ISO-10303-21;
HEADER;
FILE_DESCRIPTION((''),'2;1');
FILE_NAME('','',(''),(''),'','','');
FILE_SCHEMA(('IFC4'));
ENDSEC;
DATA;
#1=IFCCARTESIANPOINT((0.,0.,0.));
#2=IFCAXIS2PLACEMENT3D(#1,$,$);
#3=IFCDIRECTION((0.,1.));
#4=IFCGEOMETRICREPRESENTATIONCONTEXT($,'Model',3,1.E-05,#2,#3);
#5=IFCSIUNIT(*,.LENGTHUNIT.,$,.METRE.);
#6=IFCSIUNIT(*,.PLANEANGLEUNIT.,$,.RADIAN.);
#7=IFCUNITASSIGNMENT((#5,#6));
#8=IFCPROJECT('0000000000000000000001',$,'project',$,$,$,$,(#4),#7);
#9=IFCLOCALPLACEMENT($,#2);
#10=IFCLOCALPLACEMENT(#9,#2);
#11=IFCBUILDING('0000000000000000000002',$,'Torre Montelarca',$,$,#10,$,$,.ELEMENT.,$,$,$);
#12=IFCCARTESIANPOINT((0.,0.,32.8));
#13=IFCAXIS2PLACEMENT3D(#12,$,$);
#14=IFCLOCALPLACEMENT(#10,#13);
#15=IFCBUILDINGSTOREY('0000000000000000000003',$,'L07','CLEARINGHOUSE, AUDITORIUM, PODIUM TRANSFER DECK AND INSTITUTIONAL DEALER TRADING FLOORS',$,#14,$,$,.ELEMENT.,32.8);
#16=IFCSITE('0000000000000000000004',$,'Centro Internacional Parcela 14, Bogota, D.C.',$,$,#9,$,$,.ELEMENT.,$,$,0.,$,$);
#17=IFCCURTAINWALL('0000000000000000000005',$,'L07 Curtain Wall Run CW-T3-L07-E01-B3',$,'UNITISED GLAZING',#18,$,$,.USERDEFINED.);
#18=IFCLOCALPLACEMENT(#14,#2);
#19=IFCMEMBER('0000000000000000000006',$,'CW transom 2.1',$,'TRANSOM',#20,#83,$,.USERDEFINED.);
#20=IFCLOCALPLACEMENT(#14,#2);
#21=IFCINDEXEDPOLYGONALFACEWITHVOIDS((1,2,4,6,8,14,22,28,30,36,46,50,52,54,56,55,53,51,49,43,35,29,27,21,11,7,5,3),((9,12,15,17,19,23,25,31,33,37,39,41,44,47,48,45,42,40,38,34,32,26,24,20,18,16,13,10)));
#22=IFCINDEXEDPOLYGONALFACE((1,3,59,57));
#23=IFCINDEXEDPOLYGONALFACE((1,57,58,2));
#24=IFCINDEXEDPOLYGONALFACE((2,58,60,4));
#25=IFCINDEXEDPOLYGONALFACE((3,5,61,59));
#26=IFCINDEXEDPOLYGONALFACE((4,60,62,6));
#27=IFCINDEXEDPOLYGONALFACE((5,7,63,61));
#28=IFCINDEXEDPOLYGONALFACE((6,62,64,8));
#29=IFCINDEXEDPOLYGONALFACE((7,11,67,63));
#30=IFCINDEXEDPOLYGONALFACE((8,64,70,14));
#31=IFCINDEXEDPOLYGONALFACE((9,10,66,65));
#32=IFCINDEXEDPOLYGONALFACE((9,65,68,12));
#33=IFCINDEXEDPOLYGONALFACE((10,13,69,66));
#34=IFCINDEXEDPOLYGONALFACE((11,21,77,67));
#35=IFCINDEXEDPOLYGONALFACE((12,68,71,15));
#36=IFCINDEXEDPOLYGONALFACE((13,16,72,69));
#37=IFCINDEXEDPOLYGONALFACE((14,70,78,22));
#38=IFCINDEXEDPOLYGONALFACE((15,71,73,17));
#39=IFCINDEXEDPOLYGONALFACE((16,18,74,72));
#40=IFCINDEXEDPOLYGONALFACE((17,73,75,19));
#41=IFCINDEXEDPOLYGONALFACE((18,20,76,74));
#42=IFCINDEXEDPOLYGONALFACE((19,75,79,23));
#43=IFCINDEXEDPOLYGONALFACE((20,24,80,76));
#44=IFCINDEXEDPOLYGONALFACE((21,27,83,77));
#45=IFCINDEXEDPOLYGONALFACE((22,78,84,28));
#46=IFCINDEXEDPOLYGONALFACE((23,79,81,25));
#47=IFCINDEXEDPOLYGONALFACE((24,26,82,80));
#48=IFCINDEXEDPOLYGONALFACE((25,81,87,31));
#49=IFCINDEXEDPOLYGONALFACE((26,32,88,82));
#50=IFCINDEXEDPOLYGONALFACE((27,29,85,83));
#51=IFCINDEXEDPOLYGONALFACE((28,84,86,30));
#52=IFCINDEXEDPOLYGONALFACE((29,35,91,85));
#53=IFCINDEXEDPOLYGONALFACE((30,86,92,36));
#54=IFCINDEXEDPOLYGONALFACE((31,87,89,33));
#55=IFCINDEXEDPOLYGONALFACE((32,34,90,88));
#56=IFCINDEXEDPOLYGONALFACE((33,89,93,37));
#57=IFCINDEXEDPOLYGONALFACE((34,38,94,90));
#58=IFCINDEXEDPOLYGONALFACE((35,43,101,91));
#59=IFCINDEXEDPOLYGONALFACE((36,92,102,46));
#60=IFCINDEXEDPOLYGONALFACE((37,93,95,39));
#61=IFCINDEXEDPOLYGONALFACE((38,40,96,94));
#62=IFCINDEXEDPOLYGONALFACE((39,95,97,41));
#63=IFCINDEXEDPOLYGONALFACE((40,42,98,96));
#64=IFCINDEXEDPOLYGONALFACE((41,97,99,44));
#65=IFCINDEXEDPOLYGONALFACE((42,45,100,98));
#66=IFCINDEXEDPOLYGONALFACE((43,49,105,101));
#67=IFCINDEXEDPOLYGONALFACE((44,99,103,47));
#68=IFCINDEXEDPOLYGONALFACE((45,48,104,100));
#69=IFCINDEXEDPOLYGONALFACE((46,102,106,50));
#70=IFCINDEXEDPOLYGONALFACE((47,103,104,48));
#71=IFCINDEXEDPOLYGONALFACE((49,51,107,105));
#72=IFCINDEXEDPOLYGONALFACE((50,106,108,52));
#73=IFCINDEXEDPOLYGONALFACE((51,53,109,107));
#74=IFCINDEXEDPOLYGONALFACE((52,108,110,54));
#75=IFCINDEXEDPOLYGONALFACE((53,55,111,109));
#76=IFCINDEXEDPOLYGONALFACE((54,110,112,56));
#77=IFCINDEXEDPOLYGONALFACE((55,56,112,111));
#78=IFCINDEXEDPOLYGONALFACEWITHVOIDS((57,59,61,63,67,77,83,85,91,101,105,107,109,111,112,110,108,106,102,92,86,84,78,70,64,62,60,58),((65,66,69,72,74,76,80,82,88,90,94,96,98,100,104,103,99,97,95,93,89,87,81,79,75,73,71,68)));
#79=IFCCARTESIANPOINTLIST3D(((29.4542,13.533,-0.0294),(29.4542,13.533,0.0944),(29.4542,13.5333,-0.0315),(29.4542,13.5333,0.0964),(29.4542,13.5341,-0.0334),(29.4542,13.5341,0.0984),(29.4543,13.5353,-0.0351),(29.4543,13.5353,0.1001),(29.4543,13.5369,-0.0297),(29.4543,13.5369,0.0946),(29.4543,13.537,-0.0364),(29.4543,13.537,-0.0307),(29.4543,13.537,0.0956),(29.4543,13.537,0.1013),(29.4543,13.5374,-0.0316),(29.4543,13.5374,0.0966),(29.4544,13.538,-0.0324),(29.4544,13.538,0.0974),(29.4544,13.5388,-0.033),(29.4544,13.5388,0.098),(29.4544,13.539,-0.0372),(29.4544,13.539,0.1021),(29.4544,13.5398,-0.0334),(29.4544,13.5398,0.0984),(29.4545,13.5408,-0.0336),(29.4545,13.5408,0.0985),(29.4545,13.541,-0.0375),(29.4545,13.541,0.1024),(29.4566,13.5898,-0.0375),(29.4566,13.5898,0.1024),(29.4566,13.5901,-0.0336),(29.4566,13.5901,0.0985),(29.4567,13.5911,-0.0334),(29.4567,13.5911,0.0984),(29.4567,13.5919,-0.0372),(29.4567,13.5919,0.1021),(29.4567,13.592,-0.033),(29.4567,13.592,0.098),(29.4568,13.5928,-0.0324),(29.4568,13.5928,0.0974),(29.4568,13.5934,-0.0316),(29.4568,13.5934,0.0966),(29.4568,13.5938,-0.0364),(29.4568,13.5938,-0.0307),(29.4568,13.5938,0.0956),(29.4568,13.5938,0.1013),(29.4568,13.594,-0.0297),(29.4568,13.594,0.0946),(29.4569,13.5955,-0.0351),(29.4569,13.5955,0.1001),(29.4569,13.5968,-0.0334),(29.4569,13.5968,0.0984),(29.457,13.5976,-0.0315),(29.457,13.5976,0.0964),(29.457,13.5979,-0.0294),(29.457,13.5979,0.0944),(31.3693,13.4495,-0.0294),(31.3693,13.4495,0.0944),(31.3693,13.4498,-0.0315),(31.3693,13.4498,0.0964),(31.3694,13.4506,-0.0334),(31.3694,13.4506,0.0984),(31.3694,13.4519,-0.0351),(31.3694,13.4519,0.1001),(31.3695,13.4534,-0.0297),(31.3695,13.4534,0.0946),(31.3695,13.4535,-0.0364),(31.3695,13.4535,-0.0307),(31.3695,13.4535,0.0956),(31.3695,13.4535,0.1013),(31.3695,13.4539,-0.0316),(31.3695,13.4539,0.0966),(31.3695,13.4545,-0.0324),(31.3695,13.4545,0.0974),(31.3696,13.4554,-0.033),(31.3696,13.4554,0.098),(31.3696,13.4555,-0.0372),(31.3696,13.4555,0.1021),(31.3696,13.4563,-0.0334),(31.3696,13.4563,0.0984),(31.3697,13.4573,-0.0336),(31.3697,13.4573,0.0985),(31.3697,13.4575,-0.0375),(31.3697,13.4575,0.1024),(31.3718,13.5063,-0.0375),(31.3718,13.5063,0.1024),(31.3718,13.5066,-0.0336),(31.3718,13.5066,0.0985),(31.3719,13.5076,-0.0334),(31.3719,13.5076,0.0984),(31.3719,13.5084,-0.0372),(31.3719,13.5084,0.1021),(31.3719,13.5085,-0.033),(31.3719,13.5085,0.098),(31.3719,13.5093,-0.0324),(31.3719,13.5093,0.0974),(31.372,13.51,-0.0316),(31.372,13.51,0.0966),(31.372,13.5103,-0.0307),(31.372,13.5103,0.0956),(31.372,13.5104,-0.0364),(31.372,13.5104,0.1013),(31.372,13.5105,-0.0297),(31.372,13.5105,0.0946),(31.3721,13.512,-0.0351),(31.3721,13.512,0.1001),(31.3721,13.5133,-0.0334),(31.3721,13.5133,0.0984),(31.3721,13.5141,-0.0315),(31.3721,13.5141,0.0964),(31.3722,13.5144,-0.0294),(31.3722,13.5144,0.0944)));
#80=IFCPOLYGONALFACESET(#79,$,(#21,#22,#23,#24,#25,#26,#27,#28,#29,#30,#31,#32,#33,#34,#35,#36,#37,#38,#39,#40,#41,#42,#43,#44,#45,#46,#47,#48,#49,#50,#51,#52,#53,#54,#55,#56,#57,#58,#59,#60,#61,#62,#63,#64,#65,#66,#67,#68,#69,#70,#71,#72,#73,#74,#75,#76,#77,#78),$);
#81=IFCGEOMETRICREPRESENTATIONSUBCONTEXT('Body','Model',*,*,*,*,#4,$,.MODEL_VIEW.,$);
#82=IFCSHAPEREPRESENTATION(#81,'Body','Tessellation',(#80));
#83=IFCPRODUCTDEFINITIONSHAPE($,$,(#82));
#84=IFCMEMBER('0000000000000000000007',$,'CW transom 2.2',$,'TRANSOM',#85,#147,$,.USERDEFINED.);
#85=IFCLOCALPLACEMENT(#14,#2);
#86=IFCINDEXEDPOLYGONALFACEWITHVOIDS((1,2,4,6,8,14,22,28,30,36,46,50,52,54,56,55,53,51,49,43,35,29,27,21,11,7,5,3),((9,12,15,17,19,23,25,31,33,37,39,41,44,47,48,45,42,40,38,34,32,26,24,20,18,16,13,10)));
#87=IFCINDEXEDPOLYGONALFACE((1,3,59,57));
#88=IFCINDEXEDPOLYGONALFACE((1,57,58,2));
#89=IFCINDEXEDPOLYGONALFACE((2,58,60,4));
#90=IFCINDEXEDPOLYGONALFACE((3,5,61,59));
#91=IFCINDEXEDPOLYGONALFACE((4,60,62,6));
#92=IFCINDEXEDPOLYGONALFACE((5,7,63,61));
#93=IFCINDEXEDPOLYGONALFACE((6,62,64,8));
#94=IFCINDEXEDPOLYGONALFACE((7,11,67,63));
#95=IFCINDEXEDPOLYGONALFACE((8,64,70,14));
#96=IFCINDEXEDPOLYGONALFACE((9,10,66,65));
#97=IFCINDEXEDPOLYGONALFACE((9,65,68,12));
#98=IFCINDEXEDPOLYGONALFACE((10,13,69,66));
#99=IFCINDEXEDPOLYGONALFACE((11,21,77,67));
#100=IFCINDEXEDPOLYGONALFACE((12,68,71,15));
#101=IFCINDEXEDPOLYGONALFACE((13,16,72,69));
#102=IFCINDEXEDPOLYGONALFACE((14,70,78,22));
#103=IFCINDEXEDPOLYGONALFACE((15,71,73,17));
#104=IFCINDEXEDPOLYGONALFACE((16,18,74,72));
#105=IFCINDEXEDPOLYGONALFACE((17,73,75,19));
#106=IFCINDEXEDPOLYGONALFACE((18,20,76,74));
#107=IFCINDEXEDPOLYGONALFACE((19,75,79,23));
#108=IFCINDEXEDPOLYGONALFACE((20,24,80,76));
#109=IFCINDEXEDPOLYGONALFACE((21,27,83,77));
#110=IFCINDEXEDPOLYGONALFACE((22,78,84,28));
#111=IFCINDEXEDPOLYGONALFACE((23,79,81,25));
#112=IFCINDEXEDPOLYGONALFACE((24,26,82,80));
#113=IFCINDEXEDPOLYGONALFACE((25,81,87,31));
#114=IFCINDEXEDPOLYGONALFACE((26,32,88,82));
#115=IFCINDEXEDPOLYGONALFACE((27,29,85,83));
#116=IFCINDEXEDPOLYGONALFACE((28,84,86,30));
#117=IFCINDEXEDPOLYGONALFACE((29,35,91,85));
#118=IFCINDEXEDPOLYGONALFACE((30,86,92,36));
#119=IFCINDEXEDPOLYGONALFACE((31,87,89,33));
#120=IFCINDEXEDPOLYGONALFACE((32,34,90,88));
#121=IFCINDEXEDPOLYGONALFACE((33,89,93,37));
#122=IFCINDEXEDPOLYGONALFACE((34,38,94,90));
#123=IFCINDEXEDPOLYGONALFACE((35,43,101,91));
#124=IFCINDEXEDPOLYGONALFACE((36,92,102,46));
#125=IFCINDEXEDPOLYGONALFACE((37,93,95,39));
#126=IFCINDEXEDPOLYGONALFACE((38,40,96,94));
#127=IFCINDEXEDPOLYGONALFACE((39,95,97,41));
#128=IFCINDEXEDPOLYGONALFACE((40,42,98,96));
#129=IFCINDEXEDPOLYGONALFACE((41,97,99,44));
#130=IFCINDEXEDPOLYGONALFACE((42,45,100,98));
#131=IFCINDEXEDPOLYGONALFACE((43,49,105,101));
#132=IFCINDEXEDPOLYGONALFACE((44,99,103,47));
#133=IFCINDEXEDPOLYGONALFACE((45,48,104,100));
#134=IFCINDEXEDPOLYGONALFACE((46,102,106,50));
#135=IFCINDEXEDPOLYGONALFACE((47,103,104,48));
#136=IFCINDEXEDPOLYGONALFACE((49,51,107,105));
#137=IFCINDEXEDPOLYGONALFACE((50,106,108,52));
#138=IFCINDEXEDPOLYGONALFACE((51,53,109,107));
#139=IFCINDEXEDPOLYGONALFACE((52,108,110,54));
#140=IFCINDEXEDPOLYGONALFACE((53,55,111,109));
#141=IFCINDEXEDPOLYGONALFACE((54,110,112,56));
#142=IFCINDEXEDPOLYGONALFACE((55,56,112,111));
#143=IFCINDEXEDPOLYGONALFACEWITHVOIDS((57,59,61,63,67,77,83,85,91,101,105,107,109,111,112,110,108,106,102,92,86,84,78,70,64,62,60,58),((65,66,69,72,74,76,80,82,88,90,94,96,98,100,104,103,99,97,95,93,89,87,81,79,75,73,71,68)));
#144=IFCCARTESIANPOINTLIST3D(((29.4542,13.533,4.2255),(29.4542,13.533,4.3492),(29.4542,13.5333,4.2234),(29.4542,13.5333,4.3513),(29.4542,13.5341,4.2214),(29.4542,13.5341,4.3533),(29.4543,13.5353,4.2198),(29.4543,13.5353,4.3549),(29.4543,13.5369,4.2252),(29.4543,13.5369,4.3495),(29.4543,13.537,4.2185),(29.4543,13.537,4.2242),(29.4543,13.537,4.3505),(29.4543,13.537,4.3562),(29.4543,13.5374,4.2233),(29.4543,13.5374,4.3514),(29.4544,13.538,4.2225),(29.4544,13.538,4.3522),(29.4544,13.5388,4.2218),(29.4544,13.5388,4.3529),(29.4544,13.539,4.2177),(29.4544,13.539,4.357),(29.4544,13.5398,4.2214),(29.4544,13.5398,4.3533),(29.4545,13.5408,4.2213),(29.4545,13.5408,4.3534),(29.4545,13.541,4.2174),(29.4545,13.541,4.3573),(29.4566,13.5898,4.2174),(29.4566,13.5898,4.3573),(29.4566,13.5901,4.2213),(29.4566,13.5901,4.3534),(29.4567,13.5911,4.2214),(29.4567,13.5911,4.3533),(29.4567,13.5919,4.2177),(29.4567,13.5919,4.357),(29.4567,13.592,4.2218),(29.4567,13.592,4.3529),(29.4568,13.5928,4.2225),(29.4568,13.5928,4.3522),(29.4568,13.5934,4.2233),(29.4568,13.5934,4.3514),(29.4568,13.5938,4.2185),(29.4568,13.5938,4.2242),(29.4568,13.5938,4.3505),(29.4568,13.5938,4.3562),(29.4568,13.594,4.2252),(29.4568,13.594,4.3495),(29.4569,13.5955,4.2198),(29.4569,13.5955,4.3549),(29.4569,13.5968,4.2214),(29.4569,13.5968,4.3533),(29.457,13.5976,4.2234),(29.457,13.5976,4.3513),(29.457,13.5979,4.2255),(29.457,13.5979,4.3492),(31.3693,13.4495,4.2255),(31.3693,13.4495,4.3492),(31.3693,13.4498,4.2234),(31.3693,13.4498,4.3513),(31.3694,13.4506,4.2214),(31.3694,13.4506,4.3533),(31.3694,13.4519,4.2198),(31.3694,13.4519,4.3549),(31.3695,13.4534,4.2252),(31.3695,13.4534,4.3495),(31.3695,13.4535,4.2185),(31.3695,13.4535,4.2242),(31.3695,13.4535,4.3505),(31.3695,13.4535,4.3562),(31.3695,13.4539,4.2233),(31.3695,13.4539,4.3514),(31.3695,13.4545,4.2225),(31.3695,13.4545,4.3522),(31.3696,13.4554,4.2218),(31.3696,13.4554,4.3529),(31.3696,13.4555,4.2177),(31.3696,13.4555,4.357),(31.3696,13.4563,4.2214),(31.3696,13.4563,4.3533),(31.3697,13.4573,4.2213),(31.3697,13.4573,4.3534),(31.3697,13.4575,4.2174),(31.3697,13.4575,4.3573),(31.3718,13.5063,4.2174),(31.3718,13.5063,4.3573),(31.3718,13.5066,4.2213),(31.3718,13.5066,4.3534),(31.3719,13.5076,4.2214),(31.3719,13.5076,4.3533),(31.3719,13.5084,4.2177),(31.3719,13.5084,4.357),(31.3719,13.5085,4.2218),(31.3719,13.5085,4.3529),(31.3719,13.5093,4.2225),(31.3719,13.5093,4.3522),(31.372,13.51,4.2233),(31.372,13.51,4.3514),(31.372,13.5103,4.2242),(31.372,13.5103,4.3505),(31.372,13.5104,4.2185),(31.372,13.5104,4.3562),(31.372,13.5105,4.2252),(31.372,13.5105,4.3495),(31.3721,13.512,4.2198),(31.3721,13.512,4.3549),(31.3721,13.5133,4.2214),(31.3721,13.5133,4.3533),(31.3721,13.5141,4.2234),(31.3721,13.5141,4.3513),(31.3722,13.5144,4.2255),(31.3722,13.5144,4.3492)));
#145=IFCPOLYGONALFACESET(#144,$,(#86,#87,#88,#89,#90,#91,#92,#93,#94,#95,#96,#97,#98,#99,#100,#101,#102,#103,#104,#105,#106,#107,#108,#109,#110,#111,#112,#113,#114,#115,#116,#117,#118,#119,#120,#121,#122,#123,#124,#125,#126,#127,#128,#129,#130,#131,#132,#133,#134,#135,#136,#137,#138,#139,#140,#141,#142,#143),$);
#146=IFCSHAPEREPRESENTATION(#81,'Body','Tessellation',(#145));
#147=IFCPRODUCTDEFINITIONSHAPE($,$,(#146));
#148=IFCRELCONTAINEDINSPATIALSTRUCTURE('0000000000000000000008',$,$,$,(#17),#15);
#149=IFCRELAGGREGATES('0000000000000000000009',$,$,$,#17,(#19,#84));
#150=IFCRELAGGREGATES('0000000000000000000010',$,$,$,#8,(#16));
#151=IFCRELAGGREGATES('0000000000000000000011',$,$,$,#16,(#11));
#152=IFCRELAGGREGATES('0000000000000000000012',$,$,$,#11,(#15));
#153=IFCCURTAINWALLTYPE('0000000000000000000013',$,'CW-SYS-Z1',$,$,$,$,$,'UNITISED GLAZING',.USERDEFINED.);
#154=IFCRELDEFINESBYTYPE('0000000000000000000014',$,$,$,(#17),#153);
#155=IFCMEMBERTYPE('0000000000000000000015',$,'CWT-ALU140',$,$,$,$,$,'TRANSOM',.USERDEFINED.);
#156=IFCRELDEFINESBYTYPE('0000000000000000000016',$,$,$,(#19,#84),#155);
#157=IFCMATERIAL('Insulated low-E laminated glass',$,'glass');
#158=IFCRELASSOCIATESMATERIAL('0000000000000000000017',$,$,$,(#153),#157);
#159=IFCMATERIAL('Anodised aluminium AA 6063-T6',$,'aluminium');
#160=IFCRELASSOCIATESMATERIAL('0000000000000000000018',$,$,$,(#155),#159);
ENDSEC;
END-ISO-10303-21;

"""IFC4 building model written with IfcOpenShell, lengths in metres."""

from ifc_helpers import new_model, si_unit, direction, frame, origin, origin_2d, place, context, subcontext, project, spatial, hollow_rectangle, extrude, source, transform, mapped, material, material_profile, profile_set, type_object, element, aggregate, save


model = new_model("IFC4")

# Units and contexts
model_context = context("Model", 3, precision=1e-05, world=origin(), true_north=direction((0.0, 1.0)))
body_context = subcontext(model_context, "Body", "Model", "MODEL_VIEW")
ifc_project = project(units=[si_unit("LENGTHUNIT", "METRE"), si_unit("PLANEANGLEUNIT", "RADIAN")], contexts=[model_context])

# Site, building, storey
site_placement = place(None, origin())
site = spatial("IfcSite", under=ifc_project, at=site_placement, Name="Centro Internacional Parcela 14, Bogota, D.C.", CompositionType="ELEMENT", RefElevation=0.0)
building_placement = place(site_placement, origin())
building = spatial("IfcBuilding", under=site, at=building_placement, Name="Torre Montelarca", CompositionType="ELEMENT")
storey_placement = place(building_placement, frame((0.0, 0.0, 32.8)))
storey = spatial("IfcBuildingStorey", under=building, at=storey_placement, Name="L07", Description="CLEARINGHOUSE, AUDITORIUM, PODIUM TRANSFER DECK AND INSTITUTIONAL DEALER TRADING FLOORS", CompositionType="ELEMENT", Elevation=32.8)

# Curtain wall
ifc_material_1 = material(Name="Insulated low-E laminated glass", Category="glass")
curtain_wall_type = type_object("IfcCurtainWallType", Name="CW-SYS-Z1", ElementType="UNITISED GLAZING", PredefinedType="USERDEFINED", material=ifc_material_1)
curtain_wall_1_placement = place(storey_placement, origin())
curtain_wall_1 = element("IfcCurtainWall", 1, at=curtain_wall_1_placement, inside=storey, type_object=curtain_wall_type, Name="L07 Curtain Wall Run CW-T3-L07-E01-B3", ObjectType="UNITISED GLAZING", PredefinedType="USERDEFINED")
ifc_material_2 = material(Name="Anodised aluminium AA 6063-T6", Category="aluminium")

# Members
ifc_material_profile_1 = material_profile(ifc_material_2, hollow_rectangle(XDim=0.0649, YDim=0.1399, WallThickness=0.0039, InnerFilletRadius=0.0039, OuterFilletRadius=0.0081, at=origin_2d()), Name="ALU65X140X4", Category="aluminium")
ifc_profile_set_1 = profile_set([ifc_material_profile_1], Name="Anodised aluminium AA 6063-T6")
member_type_1 = type_object("IfcMemberType", Name="CWT-ALU140", ElementType="TRANSOM", PredefinedType="USERDEFINED", material=ifc_profile_set_1)
shared_shape_1 = source(origin(), body_context, "Body", "SweptSolid", [
    extrude(hollow_rectangle(XDim=0.0649, YDim=0.1399, WallThickness=0.0039, InnerFilletRadius=0.0039, OuterFilletRadius=0.0081, at=origin_2d()), origin(), (0.0, 0.0, 1.0), 1.917),
])
member_1_placement = place(storey_placement, frame((29.4556, 13.5654, 0.0325), z_axis=(0.999051, -0.043553, 0.0), x_axis=(0.043553, 0.999051, 0.0)))
member_1 = element("IfcMember", 2, at=member_1_placement, type_object=member_type_1, Name="CW transom 2.1", ObjectType="TRANSOM", PredefinedType="USERDEFINED", context=body_context, shape_type="MappedRepresentation", body=[
    mapped(shared_shape_1, transform((0.0, 0.0, 0.0), scale=1.0)),
])
member_2_placement = place(storey_placement, frame((29.4556, 13.5654, 4.2874), z_axis=(0.999051, -0.043553, 0.0), x_axis=(0.043553, 0.999051, 0.0)))
member_2 = element("IfcMember", 3, at=member_2_placement, type_object=member_type_1, Name="CW transom 2.2", ObjectType="TRANSOM", PredefinedType="USERDEFINED", context=body_context, shape_type="MappedRepresentation", body=[
    mapped(shared_shape_1, transform((0.0, 0.0, 0.0), scale=1.0)),
])

aggregate(curtain_wall_1, [member_1, member_2])

save(model, "model.ifc")
